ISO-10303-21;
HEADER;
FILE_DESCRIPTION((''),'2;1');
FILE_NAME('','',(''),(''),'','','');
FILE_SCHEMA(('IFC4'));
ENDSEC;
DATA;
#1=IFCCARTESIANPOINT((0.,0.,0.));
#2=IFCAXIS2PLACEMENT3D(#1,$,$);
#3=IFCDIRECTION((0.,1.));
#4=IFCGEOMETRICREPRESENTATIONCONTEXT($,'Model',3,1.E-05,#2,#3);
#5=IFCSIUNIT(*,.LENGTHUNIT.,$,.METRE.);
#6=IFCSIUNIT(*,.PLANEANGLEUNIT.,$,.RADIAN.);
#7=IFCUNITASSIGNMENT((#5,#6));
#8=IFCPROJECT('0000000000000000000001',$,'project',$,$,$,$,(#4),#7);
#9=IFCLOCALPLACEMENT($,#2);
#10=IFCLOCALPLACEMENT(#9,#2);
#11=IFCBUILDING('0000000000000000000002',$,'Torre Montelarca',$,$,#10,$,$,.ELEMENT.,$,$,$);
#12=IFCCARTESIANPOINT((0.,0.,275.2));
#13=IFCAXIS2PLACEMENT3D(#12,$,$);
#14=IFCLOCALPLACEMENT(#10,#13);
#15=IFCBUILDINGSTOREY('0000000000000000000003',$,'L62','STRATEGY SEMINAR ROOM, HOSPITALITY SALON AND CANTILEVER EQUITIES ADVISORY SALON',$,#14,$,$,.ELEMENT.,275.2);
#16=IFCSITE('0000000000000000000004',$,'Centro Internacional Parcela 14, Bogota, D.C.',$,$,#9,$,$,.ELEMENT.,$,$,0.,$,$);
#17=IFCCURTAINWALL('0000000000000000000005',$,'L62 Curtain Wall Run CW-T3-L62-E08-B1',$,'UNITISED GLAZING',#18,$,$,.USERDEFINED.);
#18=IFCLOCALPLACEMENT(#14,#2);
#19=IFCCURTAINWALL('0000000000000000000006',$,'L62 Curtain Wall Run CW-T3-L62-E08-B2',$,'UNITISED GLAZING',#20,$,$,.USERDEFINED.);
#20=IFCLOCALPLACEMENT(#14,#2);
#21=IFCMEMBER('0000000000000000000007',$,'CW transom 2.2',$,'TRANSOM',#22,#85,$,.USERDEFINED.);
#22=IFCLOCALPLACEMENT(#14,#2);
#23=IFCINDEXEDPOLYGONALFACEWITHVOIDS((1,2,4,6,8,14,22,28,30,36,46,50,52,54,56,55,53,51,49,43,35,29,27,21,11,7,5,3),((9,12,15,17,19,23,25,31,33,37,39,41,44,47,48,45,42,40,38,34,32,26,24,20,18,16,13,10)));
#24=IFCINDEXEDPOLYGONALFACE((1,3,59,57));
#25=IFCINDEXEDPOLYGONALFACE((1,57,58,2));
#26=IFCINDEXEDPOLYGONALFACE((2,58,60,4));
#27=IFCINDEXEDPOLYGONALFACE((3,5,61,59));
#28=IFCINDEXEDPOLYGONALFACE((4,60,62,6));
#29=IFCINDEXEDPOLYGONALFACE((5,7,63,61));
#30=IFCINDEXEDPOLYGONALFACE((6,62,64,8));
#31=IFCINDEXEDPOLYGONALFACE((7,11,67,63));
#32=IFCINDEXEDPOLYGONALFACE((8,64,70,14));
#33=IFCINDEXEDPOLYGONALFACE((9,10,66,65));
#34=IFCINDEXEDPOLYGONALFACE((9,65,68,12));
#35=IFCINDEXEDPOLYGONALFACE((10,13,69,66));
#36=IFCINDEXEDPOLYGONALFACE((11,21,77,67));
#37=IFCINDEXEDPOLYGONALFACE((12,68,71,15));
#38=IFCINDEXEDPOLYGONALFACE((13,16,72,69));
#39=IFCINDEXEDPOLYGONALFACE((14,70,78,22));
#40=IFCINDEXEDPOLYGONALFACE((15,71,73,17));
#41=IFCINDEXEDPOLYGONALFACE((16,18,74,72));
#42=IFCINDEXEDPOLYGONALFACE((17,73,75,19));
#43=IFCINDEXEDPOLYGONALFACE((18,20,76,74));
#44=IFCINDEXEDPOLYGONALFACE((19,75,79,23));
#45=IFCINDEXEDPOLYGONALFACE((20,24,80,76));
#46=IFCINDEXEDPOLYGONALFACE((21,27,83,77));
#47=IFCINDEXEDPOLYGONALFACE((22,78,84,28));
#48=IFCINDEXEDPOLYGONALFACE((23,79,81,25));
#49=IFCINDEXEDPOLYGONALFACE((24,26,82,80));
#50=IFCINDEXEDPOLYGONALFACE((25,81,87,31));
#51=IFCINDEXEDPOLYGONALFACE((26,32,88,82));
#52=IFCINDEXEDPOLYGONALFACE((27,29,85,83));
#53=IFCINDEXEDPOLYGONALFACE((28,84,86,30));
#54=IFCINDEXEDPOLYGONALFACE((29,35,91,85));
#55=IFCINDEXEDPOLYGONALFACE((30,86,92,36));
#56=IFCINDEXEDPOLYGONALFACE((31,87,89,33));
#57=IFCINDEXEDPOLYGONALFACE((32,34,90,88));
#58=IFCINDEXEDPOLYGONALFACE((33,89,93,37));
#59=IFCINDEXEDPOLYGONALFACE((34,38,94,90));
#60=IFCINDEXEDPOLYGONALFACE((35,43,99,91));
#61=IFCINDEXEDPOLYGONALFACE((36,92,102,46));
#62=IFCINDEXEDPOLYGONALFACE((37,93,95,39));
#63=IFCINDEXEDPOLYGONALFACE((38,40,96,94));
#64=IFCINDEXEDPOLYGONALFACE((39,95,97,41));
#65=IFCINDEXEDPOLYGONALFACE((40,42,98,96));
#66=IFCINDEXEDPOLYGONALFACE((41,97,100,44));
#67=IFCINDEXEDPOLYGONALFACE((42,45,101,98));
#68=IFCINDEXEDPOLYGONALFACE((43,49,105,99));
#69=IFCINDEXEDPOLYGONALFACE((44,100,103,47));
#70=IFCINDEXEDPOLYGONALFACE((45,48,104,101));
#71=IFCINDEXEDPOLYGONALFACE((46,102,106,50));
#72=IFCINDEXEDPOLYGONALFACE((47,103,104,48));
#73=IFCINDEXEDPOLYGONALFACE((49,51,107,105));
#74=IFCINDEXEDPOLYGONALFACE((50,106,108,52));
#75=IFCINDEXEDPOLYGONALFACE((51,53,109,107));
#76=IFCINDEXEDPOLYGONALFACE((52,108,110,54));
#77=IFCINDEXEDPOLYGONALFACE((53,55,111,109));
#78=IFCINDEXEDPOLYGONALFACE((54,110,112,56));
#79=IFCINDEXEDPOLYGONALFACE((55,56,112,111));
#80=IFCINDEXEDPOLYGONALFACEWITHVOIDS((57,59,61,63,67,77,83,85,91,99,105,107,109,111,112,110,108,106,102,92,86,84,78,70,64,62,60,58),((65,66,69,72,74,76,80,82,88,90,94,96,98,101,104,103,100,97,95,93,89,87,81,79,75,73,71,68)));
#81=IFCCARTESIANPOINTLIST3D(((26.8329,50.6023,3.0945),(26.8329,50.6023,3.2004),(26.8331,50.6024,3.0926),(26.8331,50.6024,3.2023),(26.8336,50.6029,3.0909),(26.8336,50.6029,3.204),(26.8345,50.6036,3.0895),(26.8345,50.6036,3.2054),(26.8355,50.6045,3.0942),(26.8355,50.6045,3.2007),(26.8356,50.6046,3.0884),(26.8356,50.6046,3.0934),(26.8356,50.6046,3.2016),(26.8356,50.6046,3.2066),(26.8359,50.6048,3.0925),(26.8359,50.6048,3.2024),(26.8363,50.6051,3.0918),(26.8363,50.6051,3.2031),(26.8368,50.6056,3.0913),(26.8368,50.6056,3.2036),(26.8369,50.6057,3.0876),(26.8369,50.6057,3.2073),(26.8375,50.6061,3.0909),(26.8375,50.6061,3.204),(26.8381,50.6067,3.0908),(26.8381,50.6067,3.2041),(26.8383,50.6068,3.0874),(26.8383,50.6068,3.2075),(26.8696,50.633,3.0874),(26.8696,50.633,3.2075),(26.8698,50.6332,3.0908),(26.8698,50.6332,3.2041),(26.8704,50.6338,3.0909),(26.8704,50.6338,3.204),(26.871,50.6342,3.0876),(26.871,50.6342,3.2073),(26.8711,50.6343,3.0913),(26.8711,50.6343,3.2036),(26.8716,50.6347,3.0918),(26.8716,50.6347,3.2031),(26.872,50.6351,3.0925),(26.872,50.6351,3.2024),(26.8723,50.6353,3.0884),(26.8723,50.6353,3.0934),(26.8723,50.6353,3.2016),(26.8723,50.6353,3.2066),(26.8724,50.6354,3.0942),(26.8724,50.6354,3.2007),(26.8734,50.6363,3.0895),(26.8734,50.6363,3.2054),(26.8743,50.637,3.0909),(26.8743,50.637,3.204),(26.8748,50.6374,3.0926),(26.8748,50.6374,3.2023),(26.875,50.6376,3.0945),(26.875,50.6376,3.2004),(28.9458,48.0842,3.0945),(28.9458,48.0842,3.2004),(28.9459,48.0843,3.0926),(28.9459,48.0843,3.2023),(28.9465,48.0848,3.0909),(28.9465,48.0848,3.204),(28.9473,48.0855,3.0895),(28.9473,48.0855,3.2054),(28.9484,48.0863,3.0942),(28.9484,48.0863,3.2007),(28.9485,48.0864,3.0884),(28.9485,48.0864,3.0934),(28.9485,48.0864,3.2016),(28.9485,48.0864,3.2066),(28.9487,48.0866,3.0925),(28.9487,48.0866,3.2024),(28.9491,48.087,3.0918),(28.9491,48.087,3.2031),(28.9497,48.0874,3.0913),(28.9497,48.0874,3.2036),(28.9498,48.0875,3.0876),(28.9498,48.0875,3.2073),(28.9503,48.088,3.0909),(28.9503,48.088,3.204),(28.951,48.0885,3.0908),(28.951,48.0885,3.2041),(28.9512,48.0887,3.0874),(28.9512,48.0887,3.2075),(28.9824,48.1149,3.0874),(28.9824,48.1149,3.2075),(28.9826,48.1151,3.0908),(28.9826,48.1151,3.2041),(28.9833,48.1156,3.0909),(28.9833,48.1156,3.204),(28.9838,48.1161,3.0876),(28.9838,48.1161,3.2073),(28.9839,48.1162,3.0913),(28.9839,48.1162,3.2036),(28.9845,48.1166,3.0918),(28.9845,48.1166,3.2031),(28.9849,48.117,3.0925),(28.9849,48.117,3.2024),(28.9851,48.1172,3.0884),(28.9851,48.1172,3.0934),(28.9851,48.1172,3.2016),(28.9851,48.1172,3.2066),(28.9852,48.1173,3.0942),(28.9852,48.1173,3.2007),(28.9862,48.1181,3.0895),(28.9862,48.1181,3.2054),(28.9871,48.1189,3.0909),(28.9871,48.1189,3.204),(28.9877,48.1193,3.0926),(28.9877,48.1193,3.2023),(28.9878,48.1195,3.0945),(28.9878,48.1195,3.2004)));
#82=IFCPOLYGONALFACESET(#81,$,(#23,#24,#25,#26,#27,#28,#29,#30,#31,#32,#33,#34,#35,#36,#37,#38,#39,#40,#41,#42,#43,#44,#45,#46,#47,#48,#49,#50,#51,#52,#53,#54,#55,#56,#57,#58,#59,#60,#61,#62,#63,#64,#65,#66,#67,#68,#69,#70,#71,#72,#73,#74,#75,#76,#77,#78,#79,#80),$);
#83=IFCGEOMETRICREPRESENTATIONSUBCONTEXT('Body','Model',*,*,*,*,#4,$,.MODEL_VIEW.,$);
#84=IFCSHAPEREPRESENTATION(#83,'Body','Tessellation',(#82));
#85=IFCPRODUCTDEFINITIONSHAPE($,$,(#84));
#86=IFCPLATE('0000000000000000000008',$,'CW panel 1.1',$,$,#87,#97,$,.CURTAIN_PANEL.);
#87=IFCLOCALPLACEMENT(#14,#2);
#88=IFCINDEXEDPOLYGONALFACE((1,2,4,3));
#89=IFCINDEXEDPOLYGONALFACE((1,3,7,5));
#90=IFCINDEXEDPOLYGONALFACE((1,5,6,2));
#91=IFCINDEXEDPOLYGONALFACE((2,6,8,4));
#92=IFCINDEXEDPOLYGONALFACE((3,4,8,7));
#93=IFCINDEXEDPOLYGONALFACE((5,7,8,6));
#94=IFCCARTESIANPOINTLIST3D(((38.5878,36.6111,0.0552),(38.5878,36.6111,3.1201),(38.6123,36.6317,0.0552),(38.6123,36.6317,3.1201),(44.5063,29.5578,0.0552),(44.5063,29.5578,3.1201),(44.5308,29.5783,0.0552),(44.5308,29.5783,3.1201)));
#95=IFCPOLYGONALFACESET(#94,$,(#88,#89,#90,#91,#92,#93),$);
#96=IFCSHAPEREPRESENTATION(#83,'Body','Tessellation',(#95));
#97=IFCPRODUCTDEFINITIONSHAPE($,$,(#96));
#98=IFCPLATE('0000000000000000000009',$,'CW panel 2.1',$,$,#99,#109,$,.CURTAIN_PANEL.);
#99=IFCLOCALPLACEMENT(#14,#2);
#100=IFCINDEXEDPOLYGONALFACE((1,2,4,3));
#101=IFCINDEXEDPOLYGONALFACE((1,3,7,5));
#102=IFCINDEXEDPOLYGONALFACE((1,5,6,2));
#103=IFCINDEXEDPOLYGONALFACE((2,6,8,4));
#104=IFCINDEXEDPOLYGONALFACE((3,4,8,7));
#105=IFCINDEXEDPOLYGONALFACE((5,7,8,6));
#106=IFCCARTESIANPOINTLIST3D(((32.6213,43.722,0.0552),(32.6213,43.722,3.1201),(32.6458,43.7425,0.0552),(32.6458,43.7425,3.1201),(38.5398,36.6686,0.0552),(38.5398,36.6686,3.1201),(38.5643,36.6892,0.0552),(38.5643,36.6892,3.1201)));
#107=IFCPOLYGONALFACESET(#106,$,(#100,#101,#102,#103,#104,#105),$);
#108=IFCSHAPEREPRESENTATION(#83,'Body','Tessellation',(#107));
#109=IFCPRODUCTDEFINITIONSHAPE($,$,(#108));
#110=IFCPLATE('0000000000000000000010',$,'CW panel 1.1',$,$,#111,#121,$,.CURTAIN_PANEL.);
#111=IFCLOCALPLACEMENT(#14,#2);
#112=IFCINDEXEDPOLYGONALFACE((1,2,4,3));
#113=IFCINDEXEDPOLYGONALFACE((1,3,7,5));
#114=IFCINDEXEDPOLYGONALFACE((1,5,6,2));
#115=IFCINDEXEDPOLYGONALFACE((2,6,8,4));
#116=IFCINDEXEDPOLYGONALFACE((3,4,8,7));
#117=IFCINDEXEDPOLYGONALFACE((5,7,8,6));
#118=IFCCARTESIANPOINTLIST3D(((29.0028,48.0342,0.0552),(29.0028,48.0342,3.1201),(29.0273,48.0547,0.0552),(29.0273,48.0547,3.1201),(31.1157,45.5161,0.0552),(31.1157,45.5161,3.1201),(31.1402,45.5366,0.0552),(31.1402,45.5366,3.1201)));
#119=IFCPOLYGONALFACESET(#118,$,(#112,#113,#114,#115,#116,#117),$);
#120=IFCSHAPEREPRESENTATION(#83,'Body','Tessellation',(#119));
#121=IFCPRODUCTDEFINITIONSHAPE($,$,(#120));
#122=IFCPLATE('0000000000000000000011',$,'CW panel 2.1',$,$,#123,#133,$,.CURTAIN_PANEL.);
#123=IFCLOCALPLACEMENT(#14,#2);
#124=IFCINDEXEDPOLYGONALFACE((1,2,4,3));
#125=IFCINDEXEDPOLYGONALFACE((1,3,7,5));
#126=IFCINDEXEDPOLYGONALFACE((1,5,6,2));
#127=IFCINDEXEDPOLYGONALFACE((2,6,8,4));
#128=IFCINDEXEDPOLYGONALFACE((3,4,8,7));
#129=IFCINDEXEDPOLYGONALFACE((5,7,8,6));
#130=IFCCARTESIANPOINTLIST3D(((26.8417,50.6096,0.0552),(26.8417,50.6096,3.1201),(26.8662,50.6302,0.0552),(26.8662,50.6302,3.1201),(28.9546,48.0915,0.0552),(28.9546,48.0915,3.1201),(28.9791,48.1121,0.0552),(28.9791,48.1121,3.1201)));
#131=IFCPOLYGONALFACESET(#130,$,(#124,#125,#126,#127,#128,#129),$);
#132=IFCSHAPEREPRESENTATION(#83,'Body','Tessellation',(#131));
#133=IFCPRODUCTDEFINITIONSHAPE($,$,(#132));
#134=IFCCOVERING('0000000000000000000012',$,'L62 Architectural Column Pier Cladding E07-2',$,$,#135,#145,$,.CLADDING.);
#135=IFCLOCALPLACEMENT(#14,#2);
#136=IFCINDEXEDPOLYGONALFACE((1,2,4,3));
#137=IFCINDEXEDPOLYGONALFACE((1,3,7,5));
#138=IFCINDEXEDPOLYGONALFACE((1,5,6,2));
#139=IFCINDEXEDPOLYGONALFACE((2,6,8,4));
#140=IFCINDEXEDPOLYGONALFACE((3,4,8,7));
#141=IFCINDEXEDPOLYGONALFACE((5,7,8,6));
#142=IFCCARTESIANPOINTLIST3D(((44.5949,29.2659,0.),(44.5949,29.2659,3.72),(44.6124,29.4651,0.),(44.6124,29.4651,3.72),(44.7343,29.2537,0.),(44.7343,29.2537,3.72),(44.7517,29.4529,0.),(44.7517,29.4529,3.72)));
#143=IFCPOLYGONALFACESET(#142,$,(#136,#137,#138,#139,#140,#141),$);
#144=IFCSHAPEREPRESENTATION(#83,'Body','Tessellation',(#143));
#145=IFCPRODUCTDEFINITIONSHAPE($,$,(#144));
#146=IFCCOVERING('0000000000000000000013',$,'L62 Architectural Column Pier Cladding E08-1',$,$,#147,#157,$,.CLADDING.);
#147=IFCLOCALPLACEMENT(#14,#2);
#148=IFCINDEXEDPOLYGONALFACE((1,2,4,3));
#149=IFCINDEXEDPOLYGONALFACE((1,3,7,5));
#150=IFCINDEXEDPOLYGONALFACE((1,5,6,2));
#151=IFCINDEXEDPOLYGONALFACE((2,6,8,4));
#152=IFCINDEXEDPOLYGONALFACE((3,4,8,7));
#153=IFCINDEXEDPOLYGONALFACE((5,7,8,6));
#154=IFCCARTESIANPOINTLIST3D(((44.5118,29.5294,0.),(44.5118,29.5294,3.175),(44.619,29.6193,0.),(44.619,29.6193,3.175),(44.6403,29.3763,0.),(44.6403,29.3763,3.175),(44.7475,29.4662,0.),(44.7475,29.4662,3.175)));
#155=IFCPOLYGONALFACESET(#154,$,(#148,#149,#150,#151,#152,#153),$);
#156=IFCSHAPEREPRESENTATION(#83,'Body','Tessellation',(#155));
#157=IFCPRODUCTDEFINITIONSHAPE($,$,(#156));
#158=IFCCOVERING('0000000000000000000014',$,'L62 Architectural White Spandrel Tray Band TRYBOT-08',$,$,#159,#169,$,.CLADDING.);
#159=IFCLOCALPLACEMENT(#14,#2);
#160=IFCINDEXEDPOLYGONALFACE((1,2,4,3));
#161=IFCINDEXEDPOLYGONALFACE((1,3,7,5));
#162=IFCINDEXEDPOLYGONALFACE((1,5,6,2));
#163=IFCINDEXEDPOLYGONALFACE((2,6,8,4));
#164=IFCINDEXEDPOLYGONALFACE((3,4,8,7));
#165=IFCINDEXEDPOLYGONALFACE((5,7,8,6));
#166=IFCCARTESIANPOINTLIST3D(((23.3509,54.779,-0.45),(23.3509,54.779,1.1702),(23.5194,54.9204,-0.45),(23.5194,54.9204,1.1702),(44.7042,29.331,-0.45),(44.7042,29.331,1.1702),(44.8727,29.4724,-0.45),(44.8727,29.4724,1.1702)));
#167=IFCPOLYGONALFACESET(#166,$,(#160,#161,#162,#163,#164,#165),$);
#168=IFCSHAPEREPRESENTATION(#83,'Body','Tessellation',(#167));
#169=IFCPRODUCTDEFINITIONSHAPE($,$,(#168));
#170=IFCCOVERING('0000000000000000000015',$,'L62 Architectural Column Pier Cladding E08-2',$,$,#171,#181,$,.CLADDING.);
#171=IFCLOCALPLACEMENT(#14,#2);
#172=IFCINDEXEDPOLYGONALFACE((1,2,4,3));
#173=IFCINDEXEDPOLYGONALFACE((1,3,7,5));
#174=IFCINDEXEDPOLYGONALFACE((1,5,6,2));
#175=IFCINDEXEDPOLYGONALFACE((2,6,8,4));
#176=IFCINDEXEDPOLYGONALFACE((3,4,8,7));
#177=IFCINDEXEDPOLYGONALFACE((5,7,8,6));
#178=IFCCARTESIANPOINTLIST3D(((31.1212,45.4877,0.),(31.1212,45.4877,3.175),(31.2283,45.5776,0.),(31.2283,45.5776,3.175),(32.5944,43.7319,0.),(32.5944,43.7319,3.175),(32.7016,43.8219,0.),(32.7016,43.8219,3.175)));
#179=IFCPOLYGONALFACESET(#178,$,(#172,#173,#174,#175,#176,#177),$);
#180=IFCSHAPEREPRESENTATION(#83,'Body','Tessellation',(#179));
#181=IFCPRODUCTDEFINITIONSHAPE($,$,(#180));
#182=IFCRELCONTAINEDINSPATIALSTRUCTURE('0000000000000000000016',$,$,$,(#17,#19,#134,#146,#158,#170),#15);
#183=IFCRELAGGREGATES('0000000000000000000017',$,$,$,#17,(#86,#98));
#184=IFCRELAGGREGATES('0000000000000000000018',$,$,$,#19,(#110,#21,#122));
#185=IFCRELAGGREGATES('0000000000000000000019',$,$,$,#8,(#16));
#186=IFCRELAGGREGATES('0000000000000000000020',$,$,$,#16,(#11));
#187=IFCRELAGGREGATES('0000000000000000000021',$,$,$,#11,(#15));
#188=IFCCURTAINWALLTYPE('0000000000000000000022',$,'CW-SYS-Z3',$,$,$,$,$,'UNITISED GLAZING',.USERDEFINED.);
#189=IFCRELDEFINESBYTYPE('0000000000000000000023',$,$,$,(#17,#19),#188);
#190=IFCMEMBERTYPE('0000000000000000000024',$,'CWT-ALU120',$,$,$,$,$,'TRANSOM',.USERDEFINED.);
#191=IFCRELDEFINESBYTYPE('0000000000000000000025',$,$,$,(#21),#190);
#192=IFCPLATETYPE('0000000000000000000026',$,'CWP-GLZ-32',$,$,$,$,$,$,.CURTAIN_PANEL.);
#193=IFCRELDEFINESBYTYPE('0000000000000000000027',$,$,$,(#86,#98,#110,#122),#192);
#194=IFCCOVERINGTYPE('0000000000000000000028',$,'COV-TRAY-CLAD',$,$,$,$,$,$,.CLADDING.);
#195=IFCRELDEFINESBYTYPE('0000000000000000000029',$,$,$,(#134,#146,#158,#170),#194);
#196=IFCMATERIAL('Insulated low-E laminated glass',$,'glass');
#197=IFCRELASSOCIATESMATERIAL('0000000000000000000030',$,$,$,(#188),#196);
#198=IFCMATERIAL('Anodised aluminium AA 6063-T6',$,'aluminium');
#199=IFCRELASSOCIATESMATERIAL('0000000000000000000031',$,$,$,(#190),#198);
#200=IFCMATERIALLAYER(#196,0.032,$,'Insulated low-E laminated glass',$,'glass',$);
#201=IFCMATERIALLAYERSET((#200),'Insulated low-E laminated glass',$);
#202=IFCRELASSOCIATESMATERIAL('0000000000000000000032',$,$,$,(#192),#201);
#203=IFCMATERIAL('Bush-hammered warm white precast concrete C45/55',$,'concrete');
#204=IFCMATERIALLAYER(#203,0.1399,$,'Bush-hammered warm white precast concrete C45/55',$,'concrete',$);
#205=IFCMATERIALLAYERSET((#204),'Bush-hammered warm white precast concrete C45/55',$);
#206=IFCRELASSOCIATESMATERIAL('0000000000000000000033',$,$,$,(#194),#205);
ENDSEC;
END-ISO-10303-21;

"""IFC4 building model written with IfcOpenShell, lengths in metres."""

from ifc_helpers import new_model, si_unit, direction, frame, origin, origin_2d, place, context, subcontext, project, spatial, rectangle, hollow_rectangle, extrude, source, transform, mapped, material, layer, layer_set, material_profile, profile_set, type_object, element, aggregate, save


model = new_model("IFC4")

# Units and contexts
model_context = context("Model", 3, precision=1e-05, world=origin(), true_north=direction((0.0, 1.0)))
body_context = subcontext(model_context, "Body", "Model", "MODEL_VIEW")
ifc_project = project(units=[si_unit("LENGTHUNIT", "METRE"), si_unit("PLANEANGLEUNIT", "RADIAN")], contexts=[model_context])

# Site, building, storey
site_placement = place(None, origin())
site = spatial("IfcSite", under=ifc_project, at=site_placement, Name="Centro Internacional Parcela 14, Bogota, D.C.", CompositionType="ELEMENT", RefElevation=0.0)
building_placement = place(site_placement, origin())
building = spatial("IfcBuilding", under=site, at=building_placement, Name="Torre Montelarca", CompositionType="ELEMENT")
storey_placement = place(building_placement, frame((0.0, 0.0, 275.2)))
storey = spatial("IfcBuildingStorey", under=building, at=storey_placement, Name="L62", Description="STRATEGY SEMINAR ROOM, HOSPITALITY SALON AND CANTILEVER EQUITIES ADVISORY SALON", CompositionType="ELEMENT", Elevation=275.2)

# Shared definitions
ifc_material_1 = material(Name="Insulated low-E laminated glass", Category="glass")
curtain_wall_type = type_object("IfcCurtainWallType", Name="CW-SYS-Z3", ElementType="UNITISED GLAZING", PredefinedType="USERDEFINED", material=ifc_material_1)
ifc_material_2 = material(Name="Anodised aluminium AA 6063-T6", Category="aluminium")

# Curtain walls
curtain_wall_1_placement = place(storey_placement, origin())
curtain_wall_1 = element("IfcCurtainWall", 1, at=curtain_wall_1_placement, inside=storey, type_object=curtain_wall_type, Name="L62 Curtain Wall Run CW-T3-L62-E08-B1", ObjectType="UNITISED GLAZING", PredefinedType="USERDEFINED")
curtain_wall_2_placement = place(storey_placement, origin())
curtain_wall_2 = element("IfcCurtainWall", 2, at=curtain_wall_2_placement, inside=storey, type_object=curtain_wall_type, Name="L62 Curtain Wall Run CW-T3-L62-E08-B2", ObjectType="UNITISED GLAZING", PredefinedType="USERDEFINED")

# Member
ifc_material_profile_1 = material_profile(ifc_material_2, hollow_rectangle(XDim=0.0549, YDim=0.1201, WallThickness=0.0034, InnerFilletRadius=0.0034, OuterFilletRadius=0.0071, at=origin_2d()), Name="ALU55X120X3.5", Category="aluminium")
ifc_profile_set_1 = profile_set([ifc_material_profile_1], Name="Anodised aluminium AA 6063-T6")
member_type_1 = type_object("IfcMemberType", Name="CWT-ALU120", ElementType="TRANSOM", PredefinedType="USERDEFINED", material=ifc_profile_set_1)
shared_shape_1 = source(origin(), body_context, "Body", "SweptSolid", [
    extrude(hollow_rectangle(XDim=0.0549, YDim=0.1201, WallThickness=0.0034, InnerFilletRadius=0.0034, OuterFilletRadius=0.0071, at=origin_2d()), origin(), (0.0, 0.0, 1.0), 3.2871),
])
member_1_placement = place(storey_placement, frame((28.9668, 48.1018, 3.1475), z_axis=(-0.642767, 0.766062, 0.0), x_axis=(-0.766062, -0.642767, 0.0)))
member_1 = element("IfcMember", 3, at=member_1_placement, type_object=member_type_1, Name="CW transom 2.2", ObjectType="TRANSOM", PredefinedType="USERDEFINED", context=body_context, shape_type="MappedRepresentation", body=[
    mapped(shared_shape_1, transform((0.0, 0.0, 0.0), scale=1.0)),
])

# Plates
ifc_layer_1 = layer(ifc_material_1, 0.032, Name="Insulated low-E laminated glass", Category="glass")
ifc_layer_set_1 = layer_set([ifc_layer_1], Name="Insulated low-E laminated glass")
plate_type = type_object("IfcPlateType", Name="CWP-GLZ-32", PredefinedType="CURTAIN_PANEL", material=ifc_layer_set_1)
shared_shape_2 = source(origin(), body_context, "Body", "SweptSolid", [
    extrude(rectangle(XDim=9.2075, YDim=0.032, at=origin_2d()), origin(), (0.0, 0.0, 1.0), 3.0649),
])
plate_1_placement = place(storey_placement, frame((41.5593, 33.0947, 0.0552), z_axis=(0.0, 0.0, 1.0), x_axis=(-0.642785, 0.766047, 0.0)))
plate_1 = element("IfcPlate", 4, at=plate_1_placement, type_object=plate_type, Name="CW panel 1.1", PredefinedType="CURTAIN_PANEL", context=body_context, shape_type="MappedRepresentation", body=[
    mapped(shared_shape_2, transform((0.0, 0.0, 0.0), scale=1.0)),
])
plate_2_placement = place(storey_placement, frame((35.5928, 40.2056, 0.0552), z_axis=(0.0, 0.0, 1.0), x_axis=(-0.642785, 0.766047, 0.0)))
plate_2 = element("IfcPlate", 5, at=plate_2_placement, type_object=plate_type, Name="CW panel 2.1", PredefinedType="CURTAIN_PANEL", context=body_context, shape_type="MappedRepresentation", body=[
    mapped(shared_shape_2, transform((0.0, 0.0, 0.0), scale=1.0)),
])
aggregate(curtain_wall_1, [plate_1, plate_2])
shared_shape_3 = source(origin(), body_context, "Body", "SweptSolid", [
    extrude(rectangle(XDim=3.2871, YDim=0.032, at=origin_2d()), origin(), (0.0, 0.0, 1.0), 3.0649),
])
plate_3_placement = place(storey_placement, frame((30.0715, 46.7854, 0.0552), z_axis=(0.0, 0.0, 1.0), x_axis=(-0.642785, 0.766047, 0.0)))
plate_3 = element("IfcPlate", 6, at=plate_3_placement, type_object=plate_type, Name="CW panel 1.1", PredefinedType="CURTAIN_PANEL", context=body_context, shape_type="MappedRepresentation", body=[
    mapped(shared_shape_3, transform((0.0, 0.0, 0.0), scale=1.0)),
])
plate_4_placement = place(storey_placement, frame((27.9104, 49.3608, 0.0552), z_axis=(0.0, 0.0, 1.0), x_axis=(-0.642785, 0.766047, 0.0)))
plate_4 = element("IfcPlate", 7, at=plate_4_placement, type_object=plate_type, Name="CW panel 2.1", PredefinedType="CURTAIN_PANEL", context=body_context, shape_type="MappedRepresentation", body=[
    mapped(shared_shape_3, transform((0.0, 0.0, 0.0), scale=1.0)),
])
aggregate(curtain_wall_2, [plate_3, member_1, plate_4])

# Coverings
ifc_material_3 = material(Name="Bush-hammered warm white precast concrete C45/55", Category="concrete")
ifc_layer_2 = layer(ifc_material_3, 0.1399, Name="Bush-hammered warm white precast concrete C45/55", Category="concrete")
ifc_layer_set_2 = layer_set([ifc_layer_2], Name="Bush-hammered warm white precast concrete C45/55")
covering_type = type_object("IfcCoveringType", Name="COV-TRAY-CLAD", PredefinedType="CLADDING", material=ifc_layer_set_2)
shared_shape_4 = source(origin(), body_context, "Body", "SweptSolid", [
    extrude(rectangle(XDim=0.2, YDim=0.1399, at=origin_2d()), origin(), (0.0, 0.0, 1.0), 3.72),
])
covering_1_placement = place(storey_placement, frame((44.6733, 29.3594, 0.0), z_axis=(0.0, 0.0, 1.0), x_axis=(0.087161, 0.996194, 0.0)))
element("IfcCovering", 8, at=covering_1_placement, inside=storey, type_object=covering_type, Name="L62 Architectural Column Pier Cladding E07-2", PredefinedType="CLADDING", context=body_context, shape_type="MappedRepresentation", body=[
    mapped(shared_shape_4, transform((0.0, 0.0, 0.0), scale=1.0)),
])
shared_shape_5 = source(origin(), body_context, "Body", "SweptSolid", [
    extrude(rectangle(XDim=0.2, YDim=0.1399, at=origin_2d()), origin(), (0.0, 0.0, 1.0), 3.175),
])
covering_2_placement = place(storey_placement, frame((44.6296, 29.4978, 0.0), z_axis=(0.0, 0.0, 1.0), x_axis=(-0.642788, 0.766044, 0.0)))
element("IfcCovering", 9, at=covering_2_placement, inside=storey, type_object=covering_type, Name="L62 Architectural Column Pier Cladding E08-1", PredefinedType="CLADDING", context=body_context, shape_type="MappedRepresentation", body=[
    mapped(shared_shape_5, transform((0.0, 0.0, 0.0), scale=1.0)),
])
shared_shape_6 = source(origin(), body_context, "Body", "SweptSolid", [
    extrude(rectangle(XDim=33.22, YDim=0.22, at=origin_2d()), origin(), (0.0, 0.0, 1.0), 1.6201),
])
covering_3_placement = place(storey_placement, frame((34.1118, 42.1257, -0.45), z_axis=(0.0, 0.0, 1.0), x_axis=(-0.642786, 0.766046, 0.0)))
element("IfcCovering", 10, at=covering_3_placement, inside=storey, type_object=covering_type, Name="L62 Architectural White Spandrel Tray Band TRYBOT-08", PredefinedType="CLADDING", context=body_context, shape_type="MappedRepresentation", body=[
    mapped(shared_shape_6, transform((0.0, 0.0, 0.0), scale=1.0)),
])
shared_shape_7 = source(origin(), body_context, "Body", "SweptSolid", [
    extrude(rectangle(XDim=2.292, YDim=0.1399, at=origin_2d()), origin(), (0.0, 0.0, 1.0), 3.175),
])
covering_4_placement = place(storey_placement, frame((31.9114, 44.6548, 0.0), z_axis=(0.0, 0.0, 1.0), x_axis=(-0.642788, 0.766044, 0.0)))
element("IfcCovering", 11, at=covering_4_placement, inside=storey, type_object=covering_type, Name="L62 Architectural Column Pier Cladding E08-2", PredefinedType="CLADDING", context=body_context, shape_type="MappedRepresentation", body=[
    mapped(shared_shape_7, transform((0.0, 0.0, 0.0), scale=1.0)),
])

save(model, "model.ifc")
